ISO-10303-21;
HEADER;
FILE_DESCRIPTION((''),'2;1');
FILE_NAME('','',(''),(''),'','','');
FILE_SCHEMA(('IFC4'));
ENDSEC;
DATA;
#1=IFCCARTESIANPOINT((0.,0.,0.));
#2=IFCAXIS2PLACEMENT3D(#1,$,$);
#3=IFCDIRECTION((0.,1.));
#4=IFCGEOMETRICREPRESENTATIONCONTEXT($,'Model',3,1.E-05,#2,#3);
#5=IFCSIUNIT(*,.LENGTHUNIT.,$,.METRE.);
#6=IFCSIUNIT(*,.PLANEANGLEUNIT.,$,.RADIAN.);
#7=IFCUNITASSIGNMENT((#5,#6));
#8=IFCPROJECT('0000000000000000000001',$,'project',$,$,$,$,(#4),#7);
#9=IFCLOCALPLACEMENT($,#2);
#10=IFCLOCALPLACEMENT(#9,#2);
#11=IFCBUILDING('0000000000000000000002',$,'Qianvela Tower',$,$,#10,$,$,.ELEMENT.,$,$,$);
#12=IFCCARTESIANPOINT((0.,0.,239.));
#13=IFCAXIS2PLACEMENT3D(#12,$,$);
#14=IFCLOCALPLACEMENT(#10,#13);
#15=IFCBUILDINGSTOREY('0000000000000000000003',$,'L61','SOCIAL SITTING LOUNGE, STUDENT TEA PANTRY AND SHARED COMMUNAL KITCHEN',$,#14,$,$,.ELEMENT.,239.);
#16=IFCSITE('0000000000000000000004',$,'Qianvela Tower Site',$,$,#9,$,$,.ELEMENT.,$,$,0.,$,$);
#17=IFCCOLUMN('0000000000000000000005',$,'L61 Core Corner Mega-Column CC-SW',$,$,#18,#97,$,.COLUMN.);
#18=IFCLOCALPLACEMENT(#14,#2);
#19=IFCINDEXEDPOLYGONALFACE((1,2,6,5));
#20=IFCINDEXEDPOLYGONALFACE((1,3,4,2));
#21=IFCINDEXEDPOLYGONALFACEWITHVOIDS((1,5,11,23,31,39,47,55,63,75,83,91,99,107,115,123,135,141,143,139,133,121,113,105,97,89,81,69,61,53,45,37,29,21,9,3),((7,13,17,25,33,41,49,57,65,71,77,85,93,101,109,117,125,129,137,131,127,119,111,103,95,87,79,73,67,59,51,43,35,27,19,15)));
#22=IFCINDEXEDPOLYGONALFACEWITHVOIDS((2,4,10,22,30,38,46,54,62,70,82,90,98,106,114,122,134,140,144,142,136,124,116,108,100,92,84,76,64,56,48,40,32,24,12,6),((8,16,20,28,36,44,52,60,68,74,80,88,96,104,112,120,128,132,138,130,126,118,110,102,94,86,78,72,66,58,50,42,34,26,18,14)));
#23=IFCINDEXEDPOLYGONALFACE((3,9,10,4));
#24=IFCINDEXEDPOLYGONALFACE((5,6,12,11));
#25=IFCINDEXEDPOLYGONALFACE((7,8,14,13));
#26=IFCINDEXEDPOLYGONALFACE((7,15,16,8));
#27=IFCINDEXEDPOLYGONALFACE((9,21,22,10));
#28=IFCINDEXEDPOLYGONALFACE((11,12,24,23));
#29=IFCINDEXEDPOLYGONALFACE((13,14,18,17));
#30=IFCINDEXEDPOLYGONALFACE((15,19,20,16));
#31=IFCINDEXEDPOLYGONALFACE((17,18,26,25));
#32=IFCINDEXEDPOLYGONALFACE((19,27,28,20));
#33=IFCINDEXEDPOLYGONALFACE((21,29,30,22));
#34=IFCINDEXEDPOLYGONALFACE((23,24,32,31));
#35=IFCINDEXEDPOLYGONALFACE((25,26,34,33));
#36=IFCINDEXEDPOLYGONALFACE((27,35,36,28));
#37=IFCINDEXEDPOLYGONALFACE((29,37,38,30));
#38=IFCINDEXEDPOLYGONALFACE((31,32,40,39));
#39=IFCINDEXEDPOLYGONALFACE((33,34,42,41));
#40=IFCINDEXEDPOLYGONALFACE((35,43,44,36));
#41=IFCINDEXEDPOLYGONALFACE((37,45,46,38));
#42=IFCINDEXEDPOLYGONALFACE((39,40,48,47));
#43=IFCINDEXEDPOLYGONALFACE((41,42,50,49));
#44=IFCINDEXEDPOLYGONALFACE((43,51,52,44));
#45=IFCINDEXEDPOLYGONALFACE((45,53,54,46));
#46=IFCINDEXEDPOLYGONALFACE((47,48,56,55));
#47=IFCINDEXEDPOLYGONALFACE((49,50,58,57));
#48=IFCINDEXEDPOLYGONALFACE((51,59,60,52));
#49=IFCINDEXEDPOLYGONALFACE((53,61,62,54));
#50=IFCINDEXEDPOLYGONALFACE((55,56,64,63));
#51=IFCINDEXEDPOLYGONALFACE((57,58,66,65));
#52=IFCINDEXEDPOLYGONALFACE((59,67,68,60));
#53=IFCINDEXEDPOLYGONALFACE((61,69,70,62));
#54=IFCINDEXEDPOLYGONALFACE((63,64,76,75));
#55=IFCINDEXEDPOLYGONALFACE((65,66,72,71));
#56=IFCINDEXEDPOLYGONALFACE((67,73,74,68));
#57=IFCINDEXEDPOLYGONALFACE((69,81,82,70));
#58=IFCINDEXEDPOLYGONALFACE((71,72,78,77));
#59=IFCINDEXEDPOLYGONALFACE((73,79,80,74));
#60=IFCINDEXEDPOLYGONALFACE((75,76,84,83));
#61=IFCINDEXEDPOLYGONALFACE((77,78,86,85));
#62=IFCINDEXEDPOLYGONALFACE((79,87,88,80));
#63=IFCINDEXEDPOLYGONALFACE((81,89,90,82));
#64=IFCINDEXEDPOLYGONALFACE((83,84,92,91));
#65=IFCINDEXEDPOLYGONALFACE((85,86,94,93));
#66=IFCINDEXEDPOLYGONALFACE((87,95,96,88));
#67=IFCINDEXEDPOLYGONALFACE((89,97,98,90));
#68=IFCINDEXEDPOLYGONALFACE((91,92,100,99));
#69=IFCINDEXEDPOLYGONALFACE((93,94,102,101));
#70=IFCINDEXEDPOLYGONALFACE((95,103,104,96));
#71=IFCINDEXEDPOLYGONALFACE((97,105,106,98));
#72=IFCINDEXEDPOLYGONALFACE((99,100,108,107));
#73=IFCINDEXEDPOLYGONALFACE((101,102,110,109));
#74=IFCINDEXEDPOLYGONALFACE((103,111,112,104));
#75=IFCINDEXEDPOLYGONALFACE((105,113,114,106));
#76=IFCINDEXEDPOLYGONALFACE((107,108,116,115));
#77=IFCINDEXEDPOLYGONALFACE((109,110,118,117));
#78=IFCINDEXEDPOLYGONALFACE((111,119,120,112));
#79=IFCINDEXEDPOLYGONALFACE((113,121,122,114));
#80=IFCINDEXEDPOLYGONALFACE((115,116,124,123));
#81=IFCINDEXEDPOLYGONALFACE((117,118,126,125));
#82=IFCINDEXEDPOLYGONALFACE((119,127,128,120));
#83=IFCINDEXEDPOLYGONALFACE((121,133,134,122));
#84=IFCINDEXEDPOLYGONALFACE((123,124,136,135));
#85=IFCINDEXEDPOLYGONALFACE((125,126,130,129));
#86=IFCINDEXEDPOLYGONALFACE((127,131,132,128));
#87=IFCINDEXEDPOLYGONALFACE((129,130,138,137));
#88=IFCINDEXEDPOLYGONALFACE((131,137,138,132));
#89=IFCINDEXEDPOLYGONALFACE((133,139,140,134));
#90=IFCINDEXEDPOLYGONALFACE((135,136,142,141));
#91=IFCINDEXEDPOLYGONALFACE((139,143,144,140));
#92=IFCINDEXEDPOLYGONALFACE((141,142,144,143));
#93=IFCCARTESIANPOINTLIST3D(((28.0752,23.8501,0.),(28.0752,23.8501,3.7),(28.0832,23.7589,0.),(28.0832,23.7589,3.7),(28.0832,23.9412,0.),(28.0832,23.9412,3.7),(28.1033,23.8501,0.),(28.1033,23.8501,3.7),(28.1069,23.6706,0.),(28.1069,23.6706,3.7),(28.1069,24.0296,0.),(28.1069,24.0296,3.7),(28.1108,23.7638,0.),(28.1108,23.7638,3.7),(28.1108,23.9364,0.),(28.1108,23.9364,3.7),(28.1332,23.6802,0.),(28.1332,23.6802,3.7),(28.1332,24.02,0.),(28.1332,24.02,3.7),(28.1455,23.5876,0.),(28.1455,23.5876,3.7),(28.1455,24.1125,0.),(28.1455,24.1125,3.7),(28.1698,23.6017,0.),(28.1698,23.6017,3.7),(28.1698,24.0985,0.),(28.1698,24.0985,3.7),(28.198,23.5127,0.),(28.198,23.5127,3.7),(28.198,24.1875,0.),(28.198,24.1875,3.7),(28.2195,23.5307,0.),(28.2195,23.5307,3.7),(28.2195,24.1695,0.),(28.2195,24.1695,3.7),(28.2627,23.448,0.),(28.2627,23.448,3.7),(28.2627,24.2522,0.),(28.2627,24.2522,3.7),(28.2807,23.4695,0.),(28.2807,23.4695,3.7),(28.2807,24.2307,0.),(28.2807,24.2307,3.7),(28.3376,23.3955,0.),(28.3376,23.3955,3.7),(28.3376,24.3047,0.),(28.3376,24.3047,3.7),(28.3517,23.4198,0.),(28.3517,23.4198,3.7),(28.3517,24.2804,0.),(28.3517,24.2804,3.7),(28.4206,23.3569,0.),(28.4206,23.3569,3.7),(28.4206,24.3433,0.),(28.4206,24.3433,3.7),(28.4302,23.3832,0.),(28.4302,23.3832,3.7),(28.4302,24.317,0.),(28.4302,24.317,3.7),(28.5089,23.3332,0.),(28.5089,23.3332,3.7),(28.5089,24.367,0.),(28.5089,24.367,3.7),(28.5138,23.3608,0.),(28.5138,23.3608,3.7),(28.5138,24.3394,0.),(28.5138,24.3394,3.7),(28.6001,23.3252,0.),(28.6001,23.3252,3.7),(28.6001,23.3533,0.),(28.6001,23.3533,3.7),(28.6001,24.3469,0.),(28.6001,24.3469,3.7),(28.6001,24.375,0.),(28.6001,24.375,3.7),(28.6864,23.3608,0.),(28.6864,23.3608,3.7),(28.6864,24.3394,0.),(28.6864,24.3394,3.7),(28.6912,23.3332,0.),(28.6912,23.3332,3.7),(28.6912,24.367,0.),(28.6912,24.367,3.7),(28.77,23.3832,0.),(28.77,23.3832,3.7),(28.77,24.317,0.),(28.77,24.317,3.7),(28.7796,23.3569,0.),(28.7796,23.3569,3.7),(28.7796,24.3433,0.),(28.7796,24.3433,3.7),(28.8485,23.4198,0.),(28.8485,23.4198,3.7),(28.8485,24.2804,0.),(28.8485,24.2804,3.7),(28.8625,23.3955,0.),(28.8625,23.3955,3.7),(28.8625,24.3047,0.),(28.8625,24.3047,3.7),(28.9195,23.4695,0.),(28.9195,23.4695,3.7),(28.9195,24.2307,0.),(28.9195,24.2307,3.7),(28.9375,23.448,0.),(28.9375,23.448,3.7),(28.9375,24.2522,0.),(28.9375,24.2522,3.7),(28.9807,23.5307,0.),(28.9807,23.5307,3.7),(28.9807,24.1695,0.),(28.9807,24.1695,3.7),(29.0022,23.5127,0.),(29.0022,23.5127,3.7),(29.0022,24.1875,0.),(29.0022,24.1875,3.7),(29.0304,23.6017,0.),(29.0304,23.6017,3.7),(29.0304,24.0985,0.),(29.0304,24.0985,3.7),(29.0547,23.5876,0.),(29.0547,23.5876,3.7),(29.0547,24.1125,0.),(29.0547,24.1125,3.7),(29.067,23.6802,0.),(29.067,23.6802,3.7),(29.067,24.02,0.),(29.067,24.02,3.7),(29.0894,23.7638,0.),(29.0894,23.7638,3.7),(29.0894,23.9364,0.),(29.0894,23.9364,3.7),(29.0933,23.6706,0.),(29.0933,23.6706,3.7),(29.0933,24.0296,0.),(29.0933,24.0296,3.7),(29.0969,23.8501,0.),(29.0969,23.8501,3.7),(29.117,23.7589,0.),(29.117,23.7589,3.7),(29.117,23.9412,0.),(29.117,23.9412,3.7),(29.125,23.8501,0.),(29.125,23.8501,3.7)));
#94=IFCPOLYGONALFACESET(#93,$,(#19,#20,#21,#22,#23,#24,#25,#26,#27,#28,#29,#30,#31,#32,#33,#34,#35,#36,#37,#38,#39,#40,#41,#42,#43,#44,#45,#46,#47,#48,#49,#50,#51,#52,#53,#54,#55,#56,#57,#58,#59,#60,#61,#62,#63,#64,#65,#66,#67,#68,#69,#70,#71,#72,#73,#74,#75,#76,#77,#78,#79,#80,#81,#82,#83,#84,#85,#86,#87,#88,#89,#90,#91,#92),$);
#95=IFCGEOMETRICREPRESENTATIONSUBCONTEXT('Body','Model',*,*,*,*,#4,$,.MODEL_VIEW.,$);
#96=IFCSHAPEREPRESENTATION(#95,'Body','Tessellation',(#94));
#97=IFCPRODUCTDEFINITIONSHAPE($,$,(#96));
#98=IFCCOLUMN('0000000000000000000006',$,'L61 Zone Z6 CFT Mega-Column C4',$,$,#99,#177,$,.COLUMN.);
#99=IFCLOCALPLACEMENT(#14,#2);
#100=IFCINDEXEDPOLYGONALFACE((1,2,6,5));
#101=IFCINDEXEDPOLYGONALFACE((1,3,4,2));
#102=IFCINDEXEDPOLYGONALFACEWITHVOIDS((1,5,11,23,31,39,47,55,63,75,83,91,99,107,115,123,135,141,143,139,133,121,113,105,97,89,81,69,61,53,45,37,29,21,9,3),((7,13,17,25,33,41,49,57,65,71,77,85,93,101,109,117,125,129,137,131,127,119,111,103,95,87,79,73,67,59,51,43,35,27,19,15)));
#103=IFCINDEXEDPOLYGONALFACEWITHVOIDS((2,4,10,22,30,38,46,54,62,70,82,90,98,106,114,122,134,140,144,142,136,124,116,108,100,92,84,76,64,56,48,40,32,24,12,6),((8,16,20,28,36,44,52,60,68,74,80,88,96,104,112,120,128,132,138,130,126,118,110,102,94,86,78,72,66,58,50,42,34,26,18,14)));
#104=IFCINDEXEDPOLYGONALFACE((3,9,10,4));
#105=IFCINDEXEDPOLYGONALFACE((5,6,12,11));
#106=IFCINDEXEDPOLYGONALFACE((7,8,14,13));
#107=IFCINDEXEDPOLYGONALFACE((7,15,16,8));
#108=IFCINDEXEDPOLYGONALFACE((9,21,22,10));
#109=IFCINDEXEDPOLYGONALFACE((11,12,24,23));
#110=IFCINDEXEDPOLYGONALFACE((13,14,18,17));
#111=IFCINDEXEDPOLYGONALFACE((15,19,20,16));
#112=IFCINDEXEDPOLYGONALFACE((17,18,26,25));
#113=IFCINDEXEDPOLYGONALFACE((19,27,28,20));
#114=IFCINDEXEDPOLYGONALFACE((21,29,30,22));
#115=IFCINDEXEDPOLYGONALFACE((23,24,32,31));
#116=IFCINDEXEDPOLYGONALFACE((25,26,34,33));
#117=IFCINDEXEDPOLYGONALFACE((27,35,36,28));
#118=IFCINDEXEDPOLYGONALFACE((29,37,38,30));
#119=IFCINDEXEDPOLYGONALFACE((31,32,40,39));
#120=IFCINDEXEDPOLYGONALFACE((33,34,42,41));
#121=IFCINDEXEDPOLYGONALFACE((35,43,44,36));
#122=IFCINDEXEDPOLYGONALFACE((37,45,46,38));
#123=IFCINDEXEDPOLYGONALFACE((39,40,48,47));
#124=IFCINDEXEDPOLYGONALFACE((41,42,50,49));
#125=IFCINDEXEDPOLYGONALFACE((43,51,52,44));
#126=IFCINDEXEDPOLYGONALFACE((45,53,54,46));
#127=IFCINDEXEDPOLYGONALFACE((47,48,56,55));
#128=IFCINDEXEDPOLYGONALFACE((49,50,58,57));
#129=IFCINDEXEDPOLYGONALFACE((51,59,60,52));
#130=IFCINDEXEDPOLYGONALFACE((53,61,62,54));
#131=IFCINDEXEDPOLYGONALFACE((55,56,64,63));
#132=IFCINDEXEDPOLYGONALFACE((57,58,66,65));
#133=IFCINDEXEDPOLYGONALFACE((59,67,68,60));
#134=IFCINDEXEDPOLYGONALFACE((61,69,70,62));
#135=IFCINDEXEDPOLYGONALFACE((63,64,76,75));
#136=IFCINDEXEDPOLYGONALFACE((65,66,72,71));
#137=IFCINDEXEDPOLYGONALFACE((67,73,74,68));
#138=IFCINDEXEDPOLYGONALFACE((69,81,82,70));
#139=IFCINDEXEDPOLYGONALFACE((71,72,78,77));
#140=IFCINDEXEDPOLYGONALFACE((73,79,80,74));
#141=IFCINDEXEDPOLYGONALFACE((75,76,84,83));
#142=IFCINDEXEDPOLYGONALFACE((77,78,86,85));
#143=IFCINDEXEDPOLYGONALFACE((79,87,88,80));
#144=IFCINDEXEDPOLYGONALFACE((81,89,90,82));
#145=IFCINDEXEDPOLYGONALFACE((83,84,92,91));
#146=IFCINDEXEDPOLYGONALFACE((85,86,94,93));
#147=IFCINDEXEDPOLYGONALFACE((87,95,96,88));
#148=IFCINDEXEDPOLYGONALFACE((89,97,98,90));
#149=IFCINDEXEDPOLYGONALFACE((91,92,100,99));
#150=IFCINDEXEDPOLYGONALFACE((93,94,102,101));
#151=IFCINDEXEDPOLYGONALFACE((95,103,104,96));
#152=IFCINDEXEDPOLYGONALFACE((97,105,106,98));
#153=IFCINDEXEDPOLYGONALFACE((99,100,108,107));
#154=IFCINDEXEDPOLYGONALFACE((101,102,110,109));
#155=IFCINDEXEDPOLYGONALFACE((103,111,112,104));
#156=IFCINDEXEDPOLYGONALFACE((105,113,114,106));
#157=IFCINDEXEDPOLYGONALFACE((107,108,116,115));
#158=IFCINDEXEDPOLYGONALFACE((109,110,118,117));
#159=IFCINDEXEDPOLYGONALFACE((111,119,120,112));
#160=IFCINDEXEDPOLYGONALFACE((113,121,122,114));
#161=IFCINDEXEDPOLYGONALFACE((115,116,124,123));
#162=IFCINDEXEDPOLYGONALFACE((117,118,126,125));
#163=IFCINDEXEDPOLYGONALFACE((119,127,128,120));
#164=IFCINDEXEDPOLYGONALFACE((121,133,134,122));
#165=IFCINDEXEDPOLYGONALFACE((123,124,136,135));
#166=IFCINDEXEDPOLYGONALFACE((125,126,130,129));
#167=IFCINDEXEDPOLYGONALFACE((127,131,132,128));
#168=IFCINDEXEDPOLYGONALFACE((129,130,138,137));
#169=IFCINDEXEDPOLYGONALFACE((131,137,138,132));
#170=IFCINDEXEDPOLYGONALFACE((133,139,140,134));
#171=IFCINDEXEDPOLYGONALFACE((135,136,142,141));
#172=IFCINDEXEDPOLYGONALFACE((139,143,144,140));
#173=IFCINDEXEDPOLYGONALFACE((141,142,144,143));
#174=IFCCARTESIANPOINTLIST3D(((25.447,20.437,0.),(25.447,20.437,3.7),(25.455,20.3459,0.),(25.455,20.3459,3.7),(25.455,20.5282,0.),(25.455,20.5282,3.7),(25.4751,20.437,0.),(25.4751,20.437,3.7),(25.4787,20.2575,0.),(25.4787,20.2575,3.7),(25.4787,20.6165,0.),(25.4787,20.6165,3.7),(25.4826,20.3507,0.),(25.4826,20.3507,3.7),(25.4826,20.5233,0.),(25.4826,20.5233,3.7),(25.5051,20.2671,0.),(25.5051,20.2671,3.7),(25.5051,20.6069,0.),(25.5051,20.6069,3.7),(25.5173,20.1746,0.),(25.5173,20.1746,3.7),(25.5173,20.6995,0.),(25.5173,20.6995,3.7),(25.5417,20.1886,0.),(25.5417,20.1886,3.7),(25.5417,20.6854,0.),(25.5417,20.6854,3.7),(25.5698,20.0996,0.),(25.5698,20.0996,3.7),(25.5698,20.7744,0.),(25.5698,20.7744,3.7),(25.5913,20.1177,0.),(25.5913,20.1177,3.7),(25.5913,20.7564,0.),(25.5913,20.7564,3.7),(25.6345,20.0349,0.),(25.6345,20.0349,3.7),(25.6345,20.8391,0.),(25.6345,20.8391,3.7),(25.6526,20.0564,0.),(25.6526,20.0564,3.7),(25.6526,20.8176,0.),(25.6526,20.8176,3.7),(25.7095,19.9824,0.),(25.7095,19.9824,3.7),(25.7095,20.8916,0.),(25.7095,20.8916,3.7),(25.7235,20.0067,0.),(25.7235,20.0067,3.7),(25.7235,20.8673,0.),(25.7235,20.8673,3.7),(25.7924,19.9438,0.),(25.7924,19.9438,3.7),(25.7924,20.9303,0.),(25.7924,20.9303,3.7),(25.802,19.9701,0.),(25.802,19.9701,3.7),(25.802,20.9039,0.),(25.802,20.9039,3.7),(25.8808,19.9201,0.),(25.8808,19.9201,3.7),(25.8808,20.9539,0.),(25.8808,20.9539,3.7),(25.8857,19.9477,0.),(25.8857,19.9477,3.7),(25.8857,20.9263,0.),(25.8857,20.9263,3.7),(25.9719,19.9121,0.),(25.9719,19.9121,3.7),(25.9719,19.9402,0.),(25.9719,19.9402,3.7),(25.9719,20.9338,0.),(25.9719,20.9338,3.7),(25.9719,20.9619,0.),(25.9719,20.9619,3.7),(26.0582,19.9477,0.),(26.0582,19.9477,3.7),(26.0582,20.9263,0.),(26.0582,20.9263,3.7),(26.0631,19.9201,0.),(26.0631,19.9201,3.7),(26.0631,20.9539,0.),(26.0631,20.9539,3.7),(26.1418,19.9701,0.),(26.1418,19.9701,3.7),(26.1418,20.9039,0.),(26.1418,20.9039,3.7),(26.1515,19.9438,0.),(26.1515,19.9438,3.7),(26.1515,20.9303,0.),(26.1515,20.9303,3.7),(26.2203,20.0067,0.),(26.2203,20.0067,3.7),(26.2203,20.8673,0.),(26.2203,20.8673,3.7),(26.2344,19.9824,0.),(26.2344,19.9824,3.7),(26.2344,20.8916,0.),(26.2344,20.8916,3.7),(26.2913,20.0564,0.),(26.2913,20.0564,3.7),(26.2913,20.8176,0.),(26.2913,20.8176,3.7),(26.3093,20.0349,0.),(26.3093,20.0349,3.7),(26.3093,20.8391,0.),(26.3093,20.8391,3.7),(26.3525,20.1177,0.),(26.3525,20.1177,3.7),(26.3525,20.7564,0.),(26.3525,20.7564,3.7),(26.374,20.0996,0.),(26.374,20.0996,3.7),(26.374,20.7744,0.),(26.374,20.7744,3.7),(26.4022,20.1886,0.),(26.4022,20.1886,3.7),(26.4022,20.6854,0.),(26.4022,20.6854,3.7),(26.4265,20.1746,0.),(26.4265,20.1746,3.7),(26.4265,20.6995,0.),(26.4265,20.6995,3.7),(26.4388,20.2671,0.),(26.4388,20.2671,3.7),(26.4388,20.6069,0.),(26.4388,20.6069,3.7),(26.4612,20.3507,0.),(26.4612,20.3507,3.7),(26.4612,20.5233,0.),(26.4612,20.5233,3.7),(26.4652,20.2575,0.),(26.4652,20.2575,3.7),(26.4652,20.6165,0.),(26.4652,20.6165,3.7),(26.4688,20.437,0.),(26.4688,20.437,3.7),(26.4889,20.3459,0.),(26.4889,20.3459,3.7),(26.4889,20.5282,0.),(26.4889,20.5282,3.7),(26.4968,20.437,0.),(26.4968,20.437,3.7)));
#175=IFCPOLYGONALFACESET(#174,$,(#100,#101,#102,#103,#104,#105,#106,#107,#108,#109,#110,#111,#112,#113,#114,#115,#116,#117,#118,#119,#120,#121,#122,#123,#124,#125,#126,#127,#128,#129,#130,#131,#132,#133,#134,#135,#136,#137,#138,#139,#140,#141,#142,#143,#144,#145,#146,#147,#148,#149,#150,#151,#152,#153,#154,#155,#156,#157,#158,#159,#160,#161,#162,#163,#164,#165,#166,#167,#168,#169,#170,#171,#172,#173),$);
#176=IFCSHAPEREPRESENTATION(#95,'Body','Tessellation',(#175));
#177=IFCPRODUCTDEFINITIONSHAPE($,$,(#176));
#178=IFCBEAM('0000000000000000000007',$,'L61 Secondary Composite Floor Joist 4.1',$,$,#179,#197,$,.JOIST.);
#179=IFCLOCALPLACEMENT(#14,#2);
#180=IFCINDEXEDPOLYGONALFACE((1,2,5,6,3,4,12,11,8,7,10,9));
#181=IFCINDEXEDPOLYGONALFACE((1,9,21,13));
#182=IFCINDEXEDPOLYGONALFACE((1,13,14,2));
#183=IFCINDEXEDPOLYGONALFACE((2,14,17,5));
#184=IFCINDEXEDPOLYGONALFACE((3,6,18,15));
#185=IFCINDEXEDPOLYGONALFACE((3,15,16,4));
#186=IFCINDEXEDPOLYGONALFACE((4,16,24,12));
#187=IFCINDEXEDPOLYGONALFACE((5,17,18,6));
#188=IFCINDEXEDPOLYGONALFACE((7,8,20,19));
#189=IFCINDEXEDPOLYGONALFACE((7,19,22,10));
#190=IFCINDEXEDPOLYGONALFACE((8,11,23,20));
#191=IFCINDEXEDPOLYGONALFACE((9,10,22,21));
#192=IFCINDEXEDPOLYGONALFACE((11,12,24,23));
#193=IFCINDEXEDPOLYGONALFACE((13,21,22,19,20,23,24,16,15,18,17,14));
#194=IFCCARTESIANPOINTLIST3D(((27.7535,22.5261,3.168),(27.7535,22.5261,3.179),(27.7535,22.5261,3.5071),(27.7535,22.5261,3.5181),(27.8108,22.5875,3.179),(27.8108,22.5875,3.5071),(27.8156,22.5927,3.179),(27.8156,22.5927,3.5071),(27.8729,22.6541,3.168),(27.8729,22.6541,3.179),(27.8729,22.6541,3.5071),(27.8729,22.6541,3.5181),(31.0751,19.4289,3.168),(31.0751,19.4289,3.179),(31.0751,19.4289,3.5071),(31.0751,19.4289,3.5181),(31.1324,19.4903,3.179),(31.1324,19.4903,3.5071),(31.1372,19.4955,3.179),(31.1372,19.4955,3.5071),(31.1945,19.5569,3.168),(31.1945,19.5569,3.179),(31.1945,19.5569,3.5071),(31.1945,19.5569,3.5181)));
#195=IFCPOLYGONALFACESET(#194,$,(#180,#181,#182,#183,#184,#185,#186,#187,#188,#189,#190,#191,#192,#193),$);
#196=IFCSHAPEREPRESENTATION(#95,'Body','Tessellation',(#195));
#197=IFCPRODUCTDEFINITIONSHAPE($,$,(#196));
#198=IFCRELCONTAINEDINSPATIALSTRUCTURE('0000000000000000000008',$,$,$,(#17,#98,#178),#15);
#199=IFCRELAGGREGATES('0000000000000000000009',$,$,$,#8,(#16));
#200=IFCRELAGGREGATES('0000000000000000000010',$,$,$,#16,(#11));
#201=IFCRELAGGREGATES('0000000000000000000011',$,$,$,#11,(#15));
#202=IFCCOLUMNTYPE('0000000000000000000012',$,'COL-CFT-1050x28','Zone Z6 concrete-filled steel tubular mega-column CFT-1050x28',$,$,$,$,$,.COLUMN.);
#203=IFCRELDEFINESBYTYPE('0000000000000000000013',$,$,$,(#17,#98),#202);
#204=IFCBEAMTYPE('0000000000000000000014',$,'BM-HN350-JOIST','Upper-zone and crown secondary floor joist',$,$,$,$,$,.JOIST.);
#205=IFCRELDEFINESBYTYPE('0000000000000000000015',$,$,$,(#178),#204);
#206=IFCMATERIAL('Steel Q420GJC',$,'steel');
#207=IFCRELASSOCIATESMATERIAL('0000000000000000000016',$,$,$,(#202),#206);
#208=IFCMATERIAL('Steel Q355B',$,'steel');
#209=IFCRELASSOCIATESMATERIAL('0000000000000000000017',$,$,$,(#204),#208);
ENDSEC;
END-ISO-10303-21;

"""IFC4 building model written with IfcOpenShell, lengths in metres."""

from ifc_helpers import new_model, si_unit, direction, frame, origin, origin_2d, place, context, subcontext, project, spatial, hollow_circle, i_section, extrude, material, material_profile, profile_set, type_object, element, save


model = new_model("IFC4")

# Units and contexts
model_context = context("Model", 3, precision=1e-05, world=origin(), true_north=direction((0.0, 1.0)))
body_context = subcontext(model_context, "Body", "Model", "MODEL_VIEW")
ifc_project = project(units=[si_unit("LENGTHUNIT", "METRE"), si_unit("PLANEANGLEUNIT", "RADIAN")], contexts=[model_context])

# Site, building, storey
site_placement = place(None, origin())
site = spatial("IfcSite", under=ifc_project, at=site_placement, Name="Qianvela Tower Site", CompositionType="ELEMENT", RefElevation=0.0)
building_placement = place(site_placement, origin())
building = spatial("IfcBuilding", under=site, at=building_placement, Name="Qianvela Tower", CompositionType="ELEMENT")
storey_placement = place(building_placement, frame((0.0, 0.0, 239.0)))
storey = spatial("IfcBuildingStorey", under=building, at=storey_placement, Name="L61", Description="SOCIAL SITTING LOUNGE, STUDENT TEA PANTRY AND SHARED COMMUNAL KITCHEN", CompositionType="ELEMENT", Elevation=239.0)

# Columns
ifc_material_1 = material(Name="Steel Q420GJC", Category="steel")
ifc_material_profile_1 = material_profile(ifc_material_1, hollow_circle(Radius=0.5249, WallThickness=0.0281, at=origin_2d()), Name="CFT-1050x28")
ifc_profile_set_1 = profile_set([ifc_material_profile_1], Name="Steel Q420GJC")
column_type = type_object("IfcColumnType", Name="COL-CFT-1050x28", Description="Zone Z6 concrete-filled steel tubular mega-column CFT-1050x28", PredefinedType="COLUMN", material=ifc_profile_set_1)
for number, where, z_axis, x_axis, name in (
    (1, (28.6001, 23.8501, 0.0), (0.0, 0.0, 1.0), (1.0, 0.0, 0.0), "L61 Core Corner Mega-Column CC-SW"),
    (2, (25.9719, 20.437, 0.0), (0.0, 0.0, 1.0), (1.0, 0.0, 0.0), "L61 Zone Z6 CFT Mega-Column C4"),
):
    element("IfcColumn", number, at=place(storey_placement, frame(where, z_axis=z_axis, x_axis=x_axis)), inside=storey, type_object=column_type, Name=name, PredefinedType="COLUMN", context=body_context, shape_type="SweptSolid", body=[
        extrude(hollow_circle(Radius=0.5249, WallThickness=0.0281, at=origin_2d()), origin(), (0.0, 0.0, 1.0), 3.7),
    ])

# Beam
ifc_material_2 = material(Name="Steel Q355B", Category="steel")
ifc_material_profile_2 = material_profile(ifc_material_2, i_section(OverallWidth=0.175, OverallDepth=0.3501, WebThickness=0.0071, FlangeThickness=0.011, at=origin_2d()), Name="HN350x175x7x11")
ifc_profile_set_2 = profile_set([ifc_material_profile_2], Name="Steel Q355B")
beam_type_1 = type_object("IfcBeamType", Name="BM-HN350-JOIST", Description="Upper-zone and crown secondary floor joist", PredefinedType="JOIST", material=ifc_profile_set_2)
beam_1_placement = place(storey_placement, frame((27.8132, 22.5901, 3.343), z_axis=(0.731377, -0.681973, 0.0), x_axis=(0.681973, 0.731377, 0.0)))
element("IfcBeam", 3, at=beam_1_placement, inside=storey, type_object=beam_type_1, Name="L61 Secondary Composite Floor Joist 4.1", PredefinedType="JOIST", context=body_context, shape_type="SweptSolid", body=[
    extrude(i_section(OverallWidth=0.175, OverallDepth=0.3501, WebThickness=0.0071, FlangeThickness=0.011, at=origin_2d()), origin(), (0.0, 0.0, 1.0), 4.5415),
])

save(model, "model.ifc")
